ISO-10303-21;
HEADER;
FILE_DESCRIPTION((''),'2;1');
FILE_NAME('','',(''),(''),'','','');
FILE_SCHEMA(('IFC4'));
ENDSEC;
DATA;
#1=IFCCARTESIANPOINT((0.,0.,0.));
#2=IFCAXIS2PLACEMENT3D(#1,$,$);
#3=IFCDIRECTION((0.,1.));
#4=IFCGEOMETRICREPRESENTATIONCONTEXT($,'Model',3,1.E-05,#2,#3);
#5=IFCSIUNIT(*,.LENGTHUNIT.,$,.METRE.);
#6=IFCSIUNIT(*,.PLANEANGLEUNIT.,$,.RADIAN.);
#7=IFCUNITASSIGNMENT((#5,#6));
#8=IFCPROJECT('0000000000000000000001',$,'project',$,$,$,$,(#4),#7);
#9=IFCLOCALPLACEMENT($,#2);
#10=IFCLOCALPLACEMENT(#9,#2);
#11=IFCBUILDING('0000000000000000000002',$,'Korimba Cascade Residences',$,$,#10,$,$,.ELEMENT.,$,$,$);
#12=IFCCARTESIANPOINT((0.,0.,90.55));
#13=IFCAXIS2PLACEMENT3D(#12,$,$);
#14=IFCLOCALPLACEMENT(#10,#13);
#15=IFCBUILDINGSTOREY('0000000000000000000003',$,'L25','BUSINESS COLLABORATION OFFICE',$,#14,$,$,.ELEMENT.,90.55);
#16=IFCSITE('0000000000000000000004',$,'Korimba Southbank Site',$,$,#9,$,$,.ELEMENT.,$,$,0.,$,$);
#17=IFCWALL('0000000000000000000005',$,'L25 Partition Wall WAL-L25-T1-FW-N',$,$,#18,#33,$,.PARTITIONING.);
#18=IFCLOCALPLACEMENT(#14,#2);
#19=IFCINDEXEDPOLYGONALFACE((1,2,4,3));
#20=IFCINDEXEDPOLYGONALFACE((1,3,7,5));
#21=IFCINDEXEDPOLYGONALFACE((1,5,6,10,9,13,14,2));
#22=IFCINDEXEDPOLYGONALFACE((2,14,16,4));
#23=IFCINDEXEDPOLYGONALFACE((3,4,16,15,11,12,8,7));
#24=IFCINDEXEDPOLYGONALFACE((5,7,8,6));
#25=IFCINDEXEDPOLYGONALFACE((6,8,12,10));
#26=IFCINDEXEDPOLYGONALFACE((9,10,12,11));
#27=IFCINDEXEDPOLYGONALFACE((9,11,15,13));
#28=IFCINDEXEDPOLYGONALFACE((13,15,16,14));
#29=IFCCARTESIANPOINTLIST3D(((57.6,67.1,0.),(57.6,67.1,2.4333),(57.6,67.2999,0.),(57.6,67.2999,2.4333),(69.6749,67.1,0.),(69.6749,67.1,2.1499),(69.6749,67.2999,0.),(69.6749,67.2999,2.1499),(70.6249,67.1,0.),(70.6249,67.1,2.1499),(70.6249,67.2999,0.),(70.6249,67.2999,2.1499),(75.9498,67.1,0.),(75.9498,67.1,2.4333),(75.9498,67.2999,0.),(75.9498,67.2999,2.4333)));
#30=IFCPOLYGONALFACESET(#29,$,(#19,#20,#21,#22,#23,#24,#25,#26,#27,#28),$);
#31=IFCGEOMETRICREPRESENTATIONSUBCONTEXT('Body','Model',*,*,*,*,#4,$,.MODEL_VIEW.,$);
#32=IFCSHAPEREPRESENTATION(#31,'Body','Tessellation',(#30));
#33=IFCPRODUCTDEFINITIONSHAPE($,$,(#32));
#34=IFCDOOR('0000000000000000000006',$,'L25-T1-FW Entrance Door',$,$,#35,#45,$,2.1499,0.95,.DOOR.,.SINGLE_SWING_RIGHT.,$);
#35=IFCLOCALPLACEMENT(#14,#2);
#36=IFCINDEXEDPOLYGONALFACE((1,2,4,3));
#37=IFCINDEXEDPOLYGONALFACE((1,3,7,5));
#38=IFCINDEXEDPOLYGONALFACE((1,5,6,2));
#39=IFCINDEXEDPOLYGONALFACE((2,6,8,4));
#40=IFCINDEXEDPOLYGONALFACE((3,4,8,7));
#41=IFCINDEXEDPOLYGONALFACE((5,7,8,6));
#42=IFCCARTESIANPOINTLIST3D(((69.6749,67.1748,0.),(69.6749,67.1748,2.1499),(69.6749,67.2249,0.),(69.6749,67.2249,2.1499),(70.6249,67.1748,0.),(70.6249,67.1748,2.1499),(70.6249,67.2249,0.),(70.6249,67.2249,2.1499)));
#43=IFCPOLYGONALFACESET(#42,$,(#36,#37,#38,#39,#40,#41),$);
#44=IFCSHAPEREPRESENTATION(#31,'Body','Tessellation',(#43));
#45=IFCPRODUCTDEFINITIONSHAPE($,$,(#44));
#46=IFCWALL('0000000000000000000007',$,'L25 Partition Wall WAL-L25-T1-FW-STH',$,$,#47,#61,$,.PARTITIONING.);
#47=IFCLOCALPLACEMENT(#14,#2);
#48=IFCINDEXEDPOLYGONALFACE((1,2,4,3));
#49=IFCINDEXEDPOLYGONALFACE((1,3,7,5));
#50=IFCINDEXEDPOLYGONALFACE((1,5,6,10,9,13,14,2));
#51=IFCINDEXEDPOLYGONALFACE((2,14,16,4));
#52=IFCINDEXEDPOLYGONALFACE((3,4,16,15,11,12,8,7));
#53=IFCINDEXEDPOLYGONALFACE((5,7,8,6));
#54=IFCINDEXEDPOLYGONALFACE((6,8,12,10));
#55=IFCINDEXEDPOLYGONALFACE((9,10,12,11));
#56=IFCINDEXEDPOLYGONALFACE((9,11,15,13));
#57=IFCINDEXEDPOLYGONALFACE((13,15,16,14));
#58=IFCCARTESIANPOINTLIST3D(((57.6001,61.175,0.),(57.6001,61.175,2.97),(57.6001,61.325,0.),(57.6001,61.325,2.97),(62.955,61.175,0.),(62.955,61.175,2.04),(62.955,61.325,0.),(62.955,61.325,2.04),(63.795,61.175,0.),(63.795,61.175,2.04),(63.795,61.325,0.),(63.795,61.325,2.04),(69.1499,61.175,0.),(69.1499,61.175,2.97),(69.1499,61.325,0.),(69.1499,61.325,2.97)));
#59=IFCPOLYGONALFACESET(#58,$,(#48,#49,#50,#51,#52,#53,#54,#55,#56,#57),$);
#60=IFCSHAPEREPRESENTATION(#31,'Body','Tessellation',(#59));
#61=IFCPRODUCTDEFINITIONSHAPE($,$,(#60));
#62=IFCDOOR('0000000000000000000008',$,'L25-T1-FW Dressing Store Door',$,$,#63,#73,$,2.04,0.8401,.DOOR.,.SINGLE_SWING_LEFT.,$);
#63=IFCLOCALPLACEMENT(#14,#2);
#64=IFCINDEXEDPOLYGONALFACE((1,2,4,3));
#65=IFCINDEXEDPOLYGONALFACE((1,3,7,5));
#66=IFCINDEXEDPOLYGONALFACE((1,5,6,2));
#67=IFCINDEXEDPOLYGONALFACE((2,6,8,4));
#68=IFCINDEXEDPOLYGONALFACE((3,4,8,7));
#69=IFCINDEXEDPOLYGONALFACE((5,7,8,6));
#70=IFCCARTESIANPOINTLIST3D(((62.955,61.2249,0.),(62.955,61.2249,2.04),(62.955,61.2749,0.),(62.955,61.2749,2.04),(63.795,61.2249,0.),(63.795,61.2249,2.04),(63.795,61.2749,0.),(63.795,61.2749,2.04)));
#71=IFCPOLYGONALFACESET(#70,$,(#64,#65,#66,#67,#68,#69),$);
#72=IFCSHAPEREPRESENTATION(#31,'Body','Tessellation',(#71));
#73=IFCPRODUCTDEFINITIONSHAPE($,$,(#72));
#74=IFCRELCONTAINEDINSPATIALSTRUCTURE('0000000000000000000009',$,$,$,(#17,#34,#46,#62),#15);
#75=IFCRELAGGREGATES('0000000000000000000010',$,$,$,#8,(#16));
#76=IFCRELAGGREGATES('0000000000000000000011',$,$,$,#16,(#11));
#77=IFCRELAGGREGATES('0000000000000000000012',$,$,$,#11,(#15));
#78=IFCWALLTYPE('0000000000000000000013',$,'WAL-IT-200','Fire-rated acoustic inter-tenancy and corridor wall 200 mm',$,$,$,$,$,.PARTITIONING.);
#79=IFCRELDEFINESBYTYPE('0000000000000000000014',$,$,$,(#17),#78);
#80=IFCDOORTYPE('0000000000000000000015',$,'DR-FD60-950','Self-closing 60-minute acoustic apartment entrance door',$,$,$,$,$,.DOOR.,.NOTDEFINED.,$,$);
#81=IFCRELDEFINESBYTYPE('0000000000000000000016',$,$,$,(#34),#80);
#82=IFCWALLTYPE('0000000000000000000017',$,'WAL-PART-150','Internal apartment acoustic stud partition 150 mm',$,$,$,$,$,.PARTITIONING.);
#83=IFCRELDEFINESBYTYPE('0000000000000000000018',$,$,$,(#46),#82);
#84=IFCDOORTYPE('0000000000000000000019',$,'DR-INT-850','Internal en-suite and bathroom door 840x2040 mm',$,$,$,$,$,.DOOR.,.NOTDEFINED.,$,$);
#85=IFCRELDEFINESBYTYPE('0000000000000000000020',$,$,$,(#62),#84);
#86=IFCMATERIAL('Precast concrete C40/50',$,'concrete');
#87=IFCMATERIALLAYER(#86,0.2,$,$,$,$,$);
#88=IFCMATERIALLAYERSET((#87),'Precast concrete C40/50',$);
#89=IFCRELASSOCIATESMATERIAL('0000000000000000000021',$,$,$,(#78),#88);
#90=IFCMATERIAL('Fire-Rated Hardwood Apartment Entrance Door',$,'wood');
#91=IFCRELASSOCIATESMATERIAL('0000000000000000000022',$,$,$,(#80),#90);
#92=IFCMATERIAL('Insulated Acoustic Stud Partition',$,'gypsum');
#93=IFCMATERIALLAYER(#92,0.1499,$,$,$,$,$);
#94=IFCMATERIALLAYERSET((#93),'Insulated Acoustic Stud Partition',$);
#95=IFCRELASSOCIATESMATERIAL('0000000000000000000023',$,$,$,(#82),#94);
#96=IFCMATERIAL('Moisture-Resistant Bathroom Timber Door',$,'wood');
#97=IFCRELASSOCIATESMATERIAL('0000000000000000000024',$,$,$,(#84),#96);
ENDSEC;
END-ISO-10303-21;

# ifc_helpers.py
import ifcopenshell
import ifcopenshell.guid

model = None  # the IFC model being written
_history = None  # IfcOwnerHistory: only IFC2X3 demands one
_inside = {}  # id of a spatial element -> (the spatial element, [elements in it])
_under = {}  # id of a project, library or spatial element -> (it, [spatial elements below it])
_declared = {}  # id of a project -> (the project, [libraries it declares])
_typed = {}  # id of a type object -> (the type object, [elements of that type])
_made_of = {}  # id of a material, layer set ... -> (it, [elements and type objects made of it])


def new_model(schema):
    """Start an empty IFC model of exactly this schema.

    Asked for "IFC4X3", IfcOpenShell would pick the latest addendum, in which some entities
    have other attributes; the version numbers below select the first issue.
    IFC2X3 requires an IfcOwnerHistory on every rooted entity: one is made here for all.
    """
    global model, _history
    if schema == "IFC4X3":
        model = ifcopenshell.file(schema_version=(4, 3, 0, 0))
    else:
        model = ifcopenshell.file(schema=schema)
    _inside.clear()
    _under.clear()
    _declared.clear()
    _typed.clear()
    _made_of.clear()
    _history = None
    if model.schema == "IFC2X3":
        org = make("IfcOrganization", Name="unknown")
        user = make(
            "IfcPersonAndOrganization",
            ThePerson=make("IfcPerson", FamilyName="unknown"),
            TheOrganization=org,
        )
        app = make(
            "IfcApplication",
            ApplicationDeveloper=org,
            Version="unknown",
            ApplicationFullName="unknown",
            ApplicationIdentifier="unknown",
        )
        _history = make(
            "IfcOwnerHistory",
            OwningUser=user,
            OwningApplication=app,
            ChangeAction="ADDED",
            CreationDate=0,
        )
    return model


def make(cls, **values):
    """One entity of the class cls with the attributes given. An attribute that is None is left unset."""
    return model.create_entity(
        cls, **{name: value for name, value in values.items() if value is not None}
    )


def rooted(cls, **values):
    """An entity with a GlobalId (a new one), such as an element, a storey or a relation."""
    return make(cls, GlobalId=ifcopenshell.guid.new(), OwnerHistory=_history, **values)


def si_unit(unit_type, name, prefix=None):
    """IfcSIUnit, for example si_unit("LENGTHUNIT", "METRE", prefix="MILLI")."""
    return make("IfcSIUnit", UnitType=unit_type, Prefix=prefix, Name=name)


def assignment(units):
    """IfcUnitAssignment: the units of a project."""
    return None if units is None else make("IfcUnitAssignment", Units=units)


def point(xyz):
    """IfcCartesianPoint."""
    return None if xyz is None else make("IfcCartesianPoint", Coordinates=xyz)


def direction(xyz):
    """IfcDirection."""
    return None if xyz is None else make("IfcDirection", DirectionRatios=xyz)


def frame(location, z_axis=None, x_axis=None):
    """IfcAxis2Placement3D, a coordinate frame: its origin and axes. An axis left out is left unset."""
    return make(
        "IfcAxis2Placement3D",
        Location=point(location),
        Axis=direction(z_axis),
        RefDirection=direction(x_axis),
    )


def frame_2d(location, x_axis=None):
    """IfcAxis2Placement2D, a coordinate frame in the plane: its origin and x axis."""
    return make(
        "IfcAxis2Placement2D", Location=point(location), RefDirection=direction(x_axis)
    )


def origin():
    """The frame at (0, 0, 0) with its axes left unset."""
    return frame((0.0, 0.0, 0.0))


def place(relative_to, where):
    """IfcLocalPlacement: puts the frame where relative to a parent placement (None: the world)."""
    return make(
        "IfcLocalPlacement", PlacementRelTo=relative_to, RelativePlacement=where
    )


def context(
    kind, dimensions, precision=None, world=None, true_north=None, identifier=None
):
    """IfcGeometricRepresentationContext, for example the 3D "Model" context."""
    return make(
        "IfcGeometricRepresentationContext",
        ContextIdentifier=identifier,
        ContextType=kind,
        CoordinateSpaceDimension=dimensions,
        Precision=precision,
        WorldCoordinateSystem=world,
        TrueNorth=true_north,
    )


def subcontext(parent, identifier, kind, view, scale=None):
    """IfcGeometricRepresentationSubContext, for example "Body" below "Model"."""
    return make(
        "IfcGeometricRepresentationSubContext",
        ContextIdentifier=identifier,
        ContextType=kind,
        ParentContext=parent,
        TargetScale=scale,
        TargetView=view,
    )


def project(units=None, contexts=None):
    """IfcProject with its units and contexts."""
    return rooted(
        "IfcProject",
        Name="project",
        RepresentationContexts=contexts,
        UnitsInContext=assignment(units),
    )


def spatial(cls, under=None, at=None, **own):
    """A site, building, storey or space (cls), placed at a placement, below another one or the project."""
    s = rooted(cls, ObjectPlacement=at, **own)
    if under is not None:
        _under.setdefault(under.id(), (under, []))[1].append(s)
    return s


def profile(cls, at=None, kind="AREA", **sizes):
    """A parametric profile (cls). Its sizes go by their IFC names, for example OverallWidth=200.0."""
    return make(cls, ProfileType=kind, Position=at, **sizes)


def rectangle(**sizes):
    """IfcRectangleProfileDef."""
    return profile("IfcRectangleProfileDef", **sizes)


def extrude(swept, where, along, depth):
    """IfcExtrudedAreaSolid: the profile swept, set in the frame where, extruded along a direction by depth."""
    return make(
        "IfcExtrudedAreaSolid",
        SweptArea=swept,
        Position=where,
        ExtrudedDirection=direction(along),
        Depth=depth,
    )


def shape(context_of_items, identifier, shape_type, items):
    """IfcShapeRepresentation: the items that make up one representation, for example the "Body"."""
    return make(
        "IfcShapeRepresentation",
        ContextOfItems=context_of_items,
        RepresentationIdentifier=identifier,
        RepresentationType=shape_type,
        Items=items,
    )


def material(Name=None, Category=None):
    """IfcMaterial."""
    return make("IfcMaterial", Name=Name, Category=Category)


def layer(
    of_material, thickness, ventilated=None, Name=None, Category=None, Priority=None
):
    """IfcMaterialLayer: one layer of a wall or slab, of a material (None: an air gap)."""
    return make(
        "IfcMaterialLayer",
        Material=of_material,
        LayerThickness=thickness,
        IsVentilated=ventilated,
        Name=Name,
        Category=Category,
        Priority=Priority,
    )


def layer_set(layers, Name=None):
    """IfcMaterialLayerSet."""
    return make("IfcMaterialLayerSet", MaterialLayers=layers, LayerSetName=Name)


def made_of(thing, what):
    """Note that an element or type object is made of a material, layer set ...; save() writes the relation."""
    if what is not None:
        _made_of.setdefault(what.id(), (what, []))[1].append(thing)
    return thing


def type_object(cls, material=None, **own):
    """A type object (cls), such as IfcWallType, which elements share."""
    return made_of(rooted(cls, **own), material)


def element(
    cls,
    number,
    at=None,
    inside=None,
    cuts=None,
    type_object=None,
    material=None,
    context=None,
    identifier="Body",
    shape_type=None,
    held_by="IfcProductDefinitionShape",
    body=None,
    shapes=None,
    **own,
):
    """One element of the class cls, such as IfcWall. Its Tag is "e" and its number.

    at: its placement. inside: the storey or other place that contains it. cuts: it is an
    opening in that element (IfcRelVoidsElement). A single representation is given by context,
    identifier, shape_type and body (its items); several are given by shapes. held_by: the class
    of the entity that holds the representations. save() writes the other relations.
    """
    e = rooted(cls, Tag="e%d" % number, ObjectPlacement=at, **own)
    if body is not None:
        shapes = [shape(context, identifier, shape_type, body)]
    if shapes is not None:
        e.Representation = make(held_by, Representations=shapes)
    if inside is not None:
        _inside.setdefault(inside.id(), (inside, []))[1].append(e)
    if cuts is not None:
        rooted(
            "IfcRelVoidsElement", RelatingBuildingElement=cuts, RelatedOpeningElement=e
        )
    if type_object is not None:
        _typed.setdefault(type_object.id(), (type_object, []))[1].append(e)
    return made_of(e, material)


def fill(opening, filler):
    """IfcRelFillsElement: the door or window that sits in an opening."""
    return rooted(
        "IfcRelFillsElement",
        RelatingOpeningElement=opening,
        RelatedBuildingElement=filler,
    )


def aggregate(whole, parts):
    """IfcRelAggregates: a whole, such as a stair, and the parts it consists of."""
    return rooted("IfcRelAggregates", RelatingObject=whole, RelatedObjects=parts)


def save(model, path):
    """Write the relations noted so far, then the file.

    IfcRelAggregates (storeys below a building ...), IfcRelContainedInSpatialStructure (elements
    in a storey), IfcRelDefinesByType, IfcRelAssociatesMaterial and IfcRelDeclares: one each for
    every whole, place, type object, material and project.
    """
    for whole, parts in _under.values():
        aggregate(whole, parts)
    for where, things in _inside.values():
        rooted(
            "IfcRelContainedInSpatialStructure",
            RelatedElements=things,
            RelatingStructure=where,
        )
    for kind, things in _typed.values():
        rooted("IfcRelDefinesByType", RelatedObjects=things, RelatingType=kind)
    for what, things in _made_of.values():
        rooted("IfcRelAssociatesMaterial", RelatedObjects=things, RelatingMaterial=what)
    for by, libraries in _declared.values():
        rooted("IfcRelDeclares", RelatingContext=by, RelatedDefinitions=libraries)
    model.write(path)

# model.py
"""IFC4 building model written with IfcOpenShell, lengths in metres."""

from ifc_helpers import new_model, si_unit, direction, frame, frame_2d, origin, place, context, subcontext, project, spatial, rectangle, extrude, material, layer, layer_set, type_object, element, fill, save


model = new_model("IFC4")

# Units and contexts
model_context = context("Model", 3, precision=1e-05, world=origin(), true_north=direction((0.0, 1.0)))
body_context = subcontext(model_context, "Body", "Model", "MODEL_VIEW")
ifc_project = project(units=[si_unit("LENGTHUNIT", "METRE"), si_unit("PLANEANGLEUNIT", "RADIAN")], contexts=[model_context])

# Site, building, storey
site_placement = place(None, origin())
site = spatial("IfcSite", under=ifc_project, at=site_placement, Name="Korimba Southbank Site", CompositionType="ELEMENT", RefElevation=0.0)
building_placement = place(site_placement, origin())
building = spatial("IfcBuilding", under=site, at=building_placement, Name="Korimba Cascade Residences", CompositionType="ELEMENT")
storey_placement = place(building_placement, frame((0.0, 0.0, 90.55)))
storey = spatial("IfcBuildingStorey", under=building, at=storey_placement, Name="L25", Description="BUSINESS COLLABORATION OFFICE", CompositionType="ELEMENT", Elevation=90.55)

# Walls, openings, doors
ifc_material_1 = material(Name="Precast concrete C40/50", Category="concrete")
ifc_layer_1 = layer(ifc_material_1, 0.2)
ifc_layer_set_1 = layer_set([ifc_layer_1], Name="Precast concrete C40/50")
wall_type_1 = type_object("IfcWallType", Name="WAL-IT-200", Description="Fire-rated acoustic inter-tenancy and corridor wall 200 mm", PredefinedType="PARTITIONING", material=ifc_layer_set_1)
wall_1_placement = place(storey_placement, frame((57.6001, 67.2, 0.0), z_axis=(0.0, 0.0, 1.0), x_axis=(1.0, 0.0, 0.0)))
wall_1 = element("IfcWall", 1, at=wall_1_placement, inside=storey, type_object=wall_type_1, Name="L25 Partition Wall WAL-L25-T1-FW-N", PredefinedType="PARTITIONING", context=body_context, shape_type="SweptSolid", body=[
    extrude(rectangle(XDim=18.3499, YDim=0.2, at=frame_2d((9.1748, 0.0))), origin(), (0.0, 0.0, 1.0), 2.4333),
])
opening_1_placement = place(wall_1_placement, frame((12.0747, 0.0, 0.0)))
opening_1 = element("IfcOpeningElement", 2, at=opening_1_placement, cuts=wall_1, PredefinedType="OPENING", context=body_context, shape_type="SweptSolid", body=[
    extrude(rectangle(XDim=0.95, YDim=2.1499, at=frame_2d((0.4751, 1.075))), frame((0.0, 0.1099, 0.0), z_axis=(0.0, -1.0, 0.0), x_axis=(1.0, 0.0, 0.0)), (0.0, 0.0, 1.0), 0.22),
])
ifc_material_2 = material(Name="Fire-Rated Hardwood Apartment Entrance Door", Category="wood")
door_type_1 = type_object("IfcDoorType", Name="DR-FD60-950", Description="Self-closing 60-minute acoustic apartment entrance door", OperationType="NOTDEFINED", PredefinedType="DOOR", material=ifc_material_2)
door_1_placement = place(opening_1_placement, origin())
door_1 = element("IfcDoor", 3, at=door_1_placement, inside=storey, type_object=door_type_1, Name="L25-T1-FW Entrance Door", OperationType="SINGLE_SWING_RIGHT", OverallHeight=2.1499, OverallWidth=0.95, PredefinedType="DOOR", context=body_context, shape_type="SweptSolid", body=[
    extrude(rectangle(XDim=0.95, YDim=2.1499, at=frame_2d((0.4751, 1.075))), frame((0.0, 0.0249, 0.0), z_axis=(0.0, -1.0, 0.0), x_axis=(1.0, 0.0, 0.0)), (0.0, 0.0, 1.0), 0.05),
])
fill(opening_1, door_1)
ifc_material_3 = material(Name="Insulated Acoustic Stud Partition", Category="gypsum")
ifc_layer_2 = layer(ifc_material_3, 0.1499)
ifc_layer_set_2 = layer_set([ifc_layer_2], Name="Insulated Acoustic Stud Partition")
wall_type_2 = type_object("IfcWallType", Name="WAL-PART-150", Description="Internal apartment acoustic stud partition 150 mm", PredefinedType="PARTITIONING", material=ifc_layer_set_2)
wall_2_placement = place(storey_placement, frame((57.6001, 61.25, 0.0), z_axis=(0.0, 0.0, 1.0), x_axis=(1.0, 0.0, 0.0)))
wall_2 = element("IfcWall", 4, at=wall_2_placement, inside=storey, type_object=wall_type_2, Name="L25 Partition Wall WAL-L25-T1-FW-STH", PredefinedType="PARTITIONING", context=body_context, shape_type="SweptSolid", body=[
    extrude(rectangle(XDim=11.5498, YDim=0.1499, at=frame_2d((5.7749, 0.0))), origin(), (0.0, 0.0, 1.0), 2.97),
])
opening_2_placement = place(wall_2_placement, frame((5.355, 0.0, 0.0)))
opening_2 = element("IfcOpeningElement", 5, at=opening_2_placement, cuts=wall_2, PredefinedType="OPENING", context=body_context, shape_type="SweptSolid", body=[
    extrude(rectangle(XDim=0.8401, YDim=2.04, at=frame_2d((0.4199, 1.02))), frame((0.0, 0.085, 0.0), z_axis=(0.0, -1.0, 0.0), x_axis=(1.0, 0.0, 0.0)), (0.0, 0.0, 1.0), 0.1699),
])
ifc_material_4 = material(Name="Moisture-Resistant Bathroom Timber Door", Category="wood")
door_type_2 = type_object("IfcDoorType", Name="DR-INT-850", Description="Internal en-suite and bathroom door 840x2040 mm", OperationType="NOTDEFINED", PredefinedType="DOOR", material=ifc_material_4)
door_2_placement = place(opening_2_placement, origin())
door_2 = element("IfcDoor", 6, at=door_2_placement, inside=storey, type_object=door_type_2, Name="L25-T1-FW Dressing Store Door", OperationType="SINGLE_SWING_LEFT", OverallHeight=2.04, OverallWidth=0.8401, PredefinedType="DOOR", context=body_context, shape_type="SweptSolid", body=[
    extrude(rectangle(XDim=0.8401, YDim=2.04, at=frame_2d((0.4199, 1.02))), frame((0.0, 0.0249, 0.0), z_axis=(0.0, -1.0, 0.0), x_axis=(1.0, 0.0, 0.0)), (0.0, 0.0, 1.0), 0.05),
])
fill(opening_2, door_2)

save(model, "model.ifc")
